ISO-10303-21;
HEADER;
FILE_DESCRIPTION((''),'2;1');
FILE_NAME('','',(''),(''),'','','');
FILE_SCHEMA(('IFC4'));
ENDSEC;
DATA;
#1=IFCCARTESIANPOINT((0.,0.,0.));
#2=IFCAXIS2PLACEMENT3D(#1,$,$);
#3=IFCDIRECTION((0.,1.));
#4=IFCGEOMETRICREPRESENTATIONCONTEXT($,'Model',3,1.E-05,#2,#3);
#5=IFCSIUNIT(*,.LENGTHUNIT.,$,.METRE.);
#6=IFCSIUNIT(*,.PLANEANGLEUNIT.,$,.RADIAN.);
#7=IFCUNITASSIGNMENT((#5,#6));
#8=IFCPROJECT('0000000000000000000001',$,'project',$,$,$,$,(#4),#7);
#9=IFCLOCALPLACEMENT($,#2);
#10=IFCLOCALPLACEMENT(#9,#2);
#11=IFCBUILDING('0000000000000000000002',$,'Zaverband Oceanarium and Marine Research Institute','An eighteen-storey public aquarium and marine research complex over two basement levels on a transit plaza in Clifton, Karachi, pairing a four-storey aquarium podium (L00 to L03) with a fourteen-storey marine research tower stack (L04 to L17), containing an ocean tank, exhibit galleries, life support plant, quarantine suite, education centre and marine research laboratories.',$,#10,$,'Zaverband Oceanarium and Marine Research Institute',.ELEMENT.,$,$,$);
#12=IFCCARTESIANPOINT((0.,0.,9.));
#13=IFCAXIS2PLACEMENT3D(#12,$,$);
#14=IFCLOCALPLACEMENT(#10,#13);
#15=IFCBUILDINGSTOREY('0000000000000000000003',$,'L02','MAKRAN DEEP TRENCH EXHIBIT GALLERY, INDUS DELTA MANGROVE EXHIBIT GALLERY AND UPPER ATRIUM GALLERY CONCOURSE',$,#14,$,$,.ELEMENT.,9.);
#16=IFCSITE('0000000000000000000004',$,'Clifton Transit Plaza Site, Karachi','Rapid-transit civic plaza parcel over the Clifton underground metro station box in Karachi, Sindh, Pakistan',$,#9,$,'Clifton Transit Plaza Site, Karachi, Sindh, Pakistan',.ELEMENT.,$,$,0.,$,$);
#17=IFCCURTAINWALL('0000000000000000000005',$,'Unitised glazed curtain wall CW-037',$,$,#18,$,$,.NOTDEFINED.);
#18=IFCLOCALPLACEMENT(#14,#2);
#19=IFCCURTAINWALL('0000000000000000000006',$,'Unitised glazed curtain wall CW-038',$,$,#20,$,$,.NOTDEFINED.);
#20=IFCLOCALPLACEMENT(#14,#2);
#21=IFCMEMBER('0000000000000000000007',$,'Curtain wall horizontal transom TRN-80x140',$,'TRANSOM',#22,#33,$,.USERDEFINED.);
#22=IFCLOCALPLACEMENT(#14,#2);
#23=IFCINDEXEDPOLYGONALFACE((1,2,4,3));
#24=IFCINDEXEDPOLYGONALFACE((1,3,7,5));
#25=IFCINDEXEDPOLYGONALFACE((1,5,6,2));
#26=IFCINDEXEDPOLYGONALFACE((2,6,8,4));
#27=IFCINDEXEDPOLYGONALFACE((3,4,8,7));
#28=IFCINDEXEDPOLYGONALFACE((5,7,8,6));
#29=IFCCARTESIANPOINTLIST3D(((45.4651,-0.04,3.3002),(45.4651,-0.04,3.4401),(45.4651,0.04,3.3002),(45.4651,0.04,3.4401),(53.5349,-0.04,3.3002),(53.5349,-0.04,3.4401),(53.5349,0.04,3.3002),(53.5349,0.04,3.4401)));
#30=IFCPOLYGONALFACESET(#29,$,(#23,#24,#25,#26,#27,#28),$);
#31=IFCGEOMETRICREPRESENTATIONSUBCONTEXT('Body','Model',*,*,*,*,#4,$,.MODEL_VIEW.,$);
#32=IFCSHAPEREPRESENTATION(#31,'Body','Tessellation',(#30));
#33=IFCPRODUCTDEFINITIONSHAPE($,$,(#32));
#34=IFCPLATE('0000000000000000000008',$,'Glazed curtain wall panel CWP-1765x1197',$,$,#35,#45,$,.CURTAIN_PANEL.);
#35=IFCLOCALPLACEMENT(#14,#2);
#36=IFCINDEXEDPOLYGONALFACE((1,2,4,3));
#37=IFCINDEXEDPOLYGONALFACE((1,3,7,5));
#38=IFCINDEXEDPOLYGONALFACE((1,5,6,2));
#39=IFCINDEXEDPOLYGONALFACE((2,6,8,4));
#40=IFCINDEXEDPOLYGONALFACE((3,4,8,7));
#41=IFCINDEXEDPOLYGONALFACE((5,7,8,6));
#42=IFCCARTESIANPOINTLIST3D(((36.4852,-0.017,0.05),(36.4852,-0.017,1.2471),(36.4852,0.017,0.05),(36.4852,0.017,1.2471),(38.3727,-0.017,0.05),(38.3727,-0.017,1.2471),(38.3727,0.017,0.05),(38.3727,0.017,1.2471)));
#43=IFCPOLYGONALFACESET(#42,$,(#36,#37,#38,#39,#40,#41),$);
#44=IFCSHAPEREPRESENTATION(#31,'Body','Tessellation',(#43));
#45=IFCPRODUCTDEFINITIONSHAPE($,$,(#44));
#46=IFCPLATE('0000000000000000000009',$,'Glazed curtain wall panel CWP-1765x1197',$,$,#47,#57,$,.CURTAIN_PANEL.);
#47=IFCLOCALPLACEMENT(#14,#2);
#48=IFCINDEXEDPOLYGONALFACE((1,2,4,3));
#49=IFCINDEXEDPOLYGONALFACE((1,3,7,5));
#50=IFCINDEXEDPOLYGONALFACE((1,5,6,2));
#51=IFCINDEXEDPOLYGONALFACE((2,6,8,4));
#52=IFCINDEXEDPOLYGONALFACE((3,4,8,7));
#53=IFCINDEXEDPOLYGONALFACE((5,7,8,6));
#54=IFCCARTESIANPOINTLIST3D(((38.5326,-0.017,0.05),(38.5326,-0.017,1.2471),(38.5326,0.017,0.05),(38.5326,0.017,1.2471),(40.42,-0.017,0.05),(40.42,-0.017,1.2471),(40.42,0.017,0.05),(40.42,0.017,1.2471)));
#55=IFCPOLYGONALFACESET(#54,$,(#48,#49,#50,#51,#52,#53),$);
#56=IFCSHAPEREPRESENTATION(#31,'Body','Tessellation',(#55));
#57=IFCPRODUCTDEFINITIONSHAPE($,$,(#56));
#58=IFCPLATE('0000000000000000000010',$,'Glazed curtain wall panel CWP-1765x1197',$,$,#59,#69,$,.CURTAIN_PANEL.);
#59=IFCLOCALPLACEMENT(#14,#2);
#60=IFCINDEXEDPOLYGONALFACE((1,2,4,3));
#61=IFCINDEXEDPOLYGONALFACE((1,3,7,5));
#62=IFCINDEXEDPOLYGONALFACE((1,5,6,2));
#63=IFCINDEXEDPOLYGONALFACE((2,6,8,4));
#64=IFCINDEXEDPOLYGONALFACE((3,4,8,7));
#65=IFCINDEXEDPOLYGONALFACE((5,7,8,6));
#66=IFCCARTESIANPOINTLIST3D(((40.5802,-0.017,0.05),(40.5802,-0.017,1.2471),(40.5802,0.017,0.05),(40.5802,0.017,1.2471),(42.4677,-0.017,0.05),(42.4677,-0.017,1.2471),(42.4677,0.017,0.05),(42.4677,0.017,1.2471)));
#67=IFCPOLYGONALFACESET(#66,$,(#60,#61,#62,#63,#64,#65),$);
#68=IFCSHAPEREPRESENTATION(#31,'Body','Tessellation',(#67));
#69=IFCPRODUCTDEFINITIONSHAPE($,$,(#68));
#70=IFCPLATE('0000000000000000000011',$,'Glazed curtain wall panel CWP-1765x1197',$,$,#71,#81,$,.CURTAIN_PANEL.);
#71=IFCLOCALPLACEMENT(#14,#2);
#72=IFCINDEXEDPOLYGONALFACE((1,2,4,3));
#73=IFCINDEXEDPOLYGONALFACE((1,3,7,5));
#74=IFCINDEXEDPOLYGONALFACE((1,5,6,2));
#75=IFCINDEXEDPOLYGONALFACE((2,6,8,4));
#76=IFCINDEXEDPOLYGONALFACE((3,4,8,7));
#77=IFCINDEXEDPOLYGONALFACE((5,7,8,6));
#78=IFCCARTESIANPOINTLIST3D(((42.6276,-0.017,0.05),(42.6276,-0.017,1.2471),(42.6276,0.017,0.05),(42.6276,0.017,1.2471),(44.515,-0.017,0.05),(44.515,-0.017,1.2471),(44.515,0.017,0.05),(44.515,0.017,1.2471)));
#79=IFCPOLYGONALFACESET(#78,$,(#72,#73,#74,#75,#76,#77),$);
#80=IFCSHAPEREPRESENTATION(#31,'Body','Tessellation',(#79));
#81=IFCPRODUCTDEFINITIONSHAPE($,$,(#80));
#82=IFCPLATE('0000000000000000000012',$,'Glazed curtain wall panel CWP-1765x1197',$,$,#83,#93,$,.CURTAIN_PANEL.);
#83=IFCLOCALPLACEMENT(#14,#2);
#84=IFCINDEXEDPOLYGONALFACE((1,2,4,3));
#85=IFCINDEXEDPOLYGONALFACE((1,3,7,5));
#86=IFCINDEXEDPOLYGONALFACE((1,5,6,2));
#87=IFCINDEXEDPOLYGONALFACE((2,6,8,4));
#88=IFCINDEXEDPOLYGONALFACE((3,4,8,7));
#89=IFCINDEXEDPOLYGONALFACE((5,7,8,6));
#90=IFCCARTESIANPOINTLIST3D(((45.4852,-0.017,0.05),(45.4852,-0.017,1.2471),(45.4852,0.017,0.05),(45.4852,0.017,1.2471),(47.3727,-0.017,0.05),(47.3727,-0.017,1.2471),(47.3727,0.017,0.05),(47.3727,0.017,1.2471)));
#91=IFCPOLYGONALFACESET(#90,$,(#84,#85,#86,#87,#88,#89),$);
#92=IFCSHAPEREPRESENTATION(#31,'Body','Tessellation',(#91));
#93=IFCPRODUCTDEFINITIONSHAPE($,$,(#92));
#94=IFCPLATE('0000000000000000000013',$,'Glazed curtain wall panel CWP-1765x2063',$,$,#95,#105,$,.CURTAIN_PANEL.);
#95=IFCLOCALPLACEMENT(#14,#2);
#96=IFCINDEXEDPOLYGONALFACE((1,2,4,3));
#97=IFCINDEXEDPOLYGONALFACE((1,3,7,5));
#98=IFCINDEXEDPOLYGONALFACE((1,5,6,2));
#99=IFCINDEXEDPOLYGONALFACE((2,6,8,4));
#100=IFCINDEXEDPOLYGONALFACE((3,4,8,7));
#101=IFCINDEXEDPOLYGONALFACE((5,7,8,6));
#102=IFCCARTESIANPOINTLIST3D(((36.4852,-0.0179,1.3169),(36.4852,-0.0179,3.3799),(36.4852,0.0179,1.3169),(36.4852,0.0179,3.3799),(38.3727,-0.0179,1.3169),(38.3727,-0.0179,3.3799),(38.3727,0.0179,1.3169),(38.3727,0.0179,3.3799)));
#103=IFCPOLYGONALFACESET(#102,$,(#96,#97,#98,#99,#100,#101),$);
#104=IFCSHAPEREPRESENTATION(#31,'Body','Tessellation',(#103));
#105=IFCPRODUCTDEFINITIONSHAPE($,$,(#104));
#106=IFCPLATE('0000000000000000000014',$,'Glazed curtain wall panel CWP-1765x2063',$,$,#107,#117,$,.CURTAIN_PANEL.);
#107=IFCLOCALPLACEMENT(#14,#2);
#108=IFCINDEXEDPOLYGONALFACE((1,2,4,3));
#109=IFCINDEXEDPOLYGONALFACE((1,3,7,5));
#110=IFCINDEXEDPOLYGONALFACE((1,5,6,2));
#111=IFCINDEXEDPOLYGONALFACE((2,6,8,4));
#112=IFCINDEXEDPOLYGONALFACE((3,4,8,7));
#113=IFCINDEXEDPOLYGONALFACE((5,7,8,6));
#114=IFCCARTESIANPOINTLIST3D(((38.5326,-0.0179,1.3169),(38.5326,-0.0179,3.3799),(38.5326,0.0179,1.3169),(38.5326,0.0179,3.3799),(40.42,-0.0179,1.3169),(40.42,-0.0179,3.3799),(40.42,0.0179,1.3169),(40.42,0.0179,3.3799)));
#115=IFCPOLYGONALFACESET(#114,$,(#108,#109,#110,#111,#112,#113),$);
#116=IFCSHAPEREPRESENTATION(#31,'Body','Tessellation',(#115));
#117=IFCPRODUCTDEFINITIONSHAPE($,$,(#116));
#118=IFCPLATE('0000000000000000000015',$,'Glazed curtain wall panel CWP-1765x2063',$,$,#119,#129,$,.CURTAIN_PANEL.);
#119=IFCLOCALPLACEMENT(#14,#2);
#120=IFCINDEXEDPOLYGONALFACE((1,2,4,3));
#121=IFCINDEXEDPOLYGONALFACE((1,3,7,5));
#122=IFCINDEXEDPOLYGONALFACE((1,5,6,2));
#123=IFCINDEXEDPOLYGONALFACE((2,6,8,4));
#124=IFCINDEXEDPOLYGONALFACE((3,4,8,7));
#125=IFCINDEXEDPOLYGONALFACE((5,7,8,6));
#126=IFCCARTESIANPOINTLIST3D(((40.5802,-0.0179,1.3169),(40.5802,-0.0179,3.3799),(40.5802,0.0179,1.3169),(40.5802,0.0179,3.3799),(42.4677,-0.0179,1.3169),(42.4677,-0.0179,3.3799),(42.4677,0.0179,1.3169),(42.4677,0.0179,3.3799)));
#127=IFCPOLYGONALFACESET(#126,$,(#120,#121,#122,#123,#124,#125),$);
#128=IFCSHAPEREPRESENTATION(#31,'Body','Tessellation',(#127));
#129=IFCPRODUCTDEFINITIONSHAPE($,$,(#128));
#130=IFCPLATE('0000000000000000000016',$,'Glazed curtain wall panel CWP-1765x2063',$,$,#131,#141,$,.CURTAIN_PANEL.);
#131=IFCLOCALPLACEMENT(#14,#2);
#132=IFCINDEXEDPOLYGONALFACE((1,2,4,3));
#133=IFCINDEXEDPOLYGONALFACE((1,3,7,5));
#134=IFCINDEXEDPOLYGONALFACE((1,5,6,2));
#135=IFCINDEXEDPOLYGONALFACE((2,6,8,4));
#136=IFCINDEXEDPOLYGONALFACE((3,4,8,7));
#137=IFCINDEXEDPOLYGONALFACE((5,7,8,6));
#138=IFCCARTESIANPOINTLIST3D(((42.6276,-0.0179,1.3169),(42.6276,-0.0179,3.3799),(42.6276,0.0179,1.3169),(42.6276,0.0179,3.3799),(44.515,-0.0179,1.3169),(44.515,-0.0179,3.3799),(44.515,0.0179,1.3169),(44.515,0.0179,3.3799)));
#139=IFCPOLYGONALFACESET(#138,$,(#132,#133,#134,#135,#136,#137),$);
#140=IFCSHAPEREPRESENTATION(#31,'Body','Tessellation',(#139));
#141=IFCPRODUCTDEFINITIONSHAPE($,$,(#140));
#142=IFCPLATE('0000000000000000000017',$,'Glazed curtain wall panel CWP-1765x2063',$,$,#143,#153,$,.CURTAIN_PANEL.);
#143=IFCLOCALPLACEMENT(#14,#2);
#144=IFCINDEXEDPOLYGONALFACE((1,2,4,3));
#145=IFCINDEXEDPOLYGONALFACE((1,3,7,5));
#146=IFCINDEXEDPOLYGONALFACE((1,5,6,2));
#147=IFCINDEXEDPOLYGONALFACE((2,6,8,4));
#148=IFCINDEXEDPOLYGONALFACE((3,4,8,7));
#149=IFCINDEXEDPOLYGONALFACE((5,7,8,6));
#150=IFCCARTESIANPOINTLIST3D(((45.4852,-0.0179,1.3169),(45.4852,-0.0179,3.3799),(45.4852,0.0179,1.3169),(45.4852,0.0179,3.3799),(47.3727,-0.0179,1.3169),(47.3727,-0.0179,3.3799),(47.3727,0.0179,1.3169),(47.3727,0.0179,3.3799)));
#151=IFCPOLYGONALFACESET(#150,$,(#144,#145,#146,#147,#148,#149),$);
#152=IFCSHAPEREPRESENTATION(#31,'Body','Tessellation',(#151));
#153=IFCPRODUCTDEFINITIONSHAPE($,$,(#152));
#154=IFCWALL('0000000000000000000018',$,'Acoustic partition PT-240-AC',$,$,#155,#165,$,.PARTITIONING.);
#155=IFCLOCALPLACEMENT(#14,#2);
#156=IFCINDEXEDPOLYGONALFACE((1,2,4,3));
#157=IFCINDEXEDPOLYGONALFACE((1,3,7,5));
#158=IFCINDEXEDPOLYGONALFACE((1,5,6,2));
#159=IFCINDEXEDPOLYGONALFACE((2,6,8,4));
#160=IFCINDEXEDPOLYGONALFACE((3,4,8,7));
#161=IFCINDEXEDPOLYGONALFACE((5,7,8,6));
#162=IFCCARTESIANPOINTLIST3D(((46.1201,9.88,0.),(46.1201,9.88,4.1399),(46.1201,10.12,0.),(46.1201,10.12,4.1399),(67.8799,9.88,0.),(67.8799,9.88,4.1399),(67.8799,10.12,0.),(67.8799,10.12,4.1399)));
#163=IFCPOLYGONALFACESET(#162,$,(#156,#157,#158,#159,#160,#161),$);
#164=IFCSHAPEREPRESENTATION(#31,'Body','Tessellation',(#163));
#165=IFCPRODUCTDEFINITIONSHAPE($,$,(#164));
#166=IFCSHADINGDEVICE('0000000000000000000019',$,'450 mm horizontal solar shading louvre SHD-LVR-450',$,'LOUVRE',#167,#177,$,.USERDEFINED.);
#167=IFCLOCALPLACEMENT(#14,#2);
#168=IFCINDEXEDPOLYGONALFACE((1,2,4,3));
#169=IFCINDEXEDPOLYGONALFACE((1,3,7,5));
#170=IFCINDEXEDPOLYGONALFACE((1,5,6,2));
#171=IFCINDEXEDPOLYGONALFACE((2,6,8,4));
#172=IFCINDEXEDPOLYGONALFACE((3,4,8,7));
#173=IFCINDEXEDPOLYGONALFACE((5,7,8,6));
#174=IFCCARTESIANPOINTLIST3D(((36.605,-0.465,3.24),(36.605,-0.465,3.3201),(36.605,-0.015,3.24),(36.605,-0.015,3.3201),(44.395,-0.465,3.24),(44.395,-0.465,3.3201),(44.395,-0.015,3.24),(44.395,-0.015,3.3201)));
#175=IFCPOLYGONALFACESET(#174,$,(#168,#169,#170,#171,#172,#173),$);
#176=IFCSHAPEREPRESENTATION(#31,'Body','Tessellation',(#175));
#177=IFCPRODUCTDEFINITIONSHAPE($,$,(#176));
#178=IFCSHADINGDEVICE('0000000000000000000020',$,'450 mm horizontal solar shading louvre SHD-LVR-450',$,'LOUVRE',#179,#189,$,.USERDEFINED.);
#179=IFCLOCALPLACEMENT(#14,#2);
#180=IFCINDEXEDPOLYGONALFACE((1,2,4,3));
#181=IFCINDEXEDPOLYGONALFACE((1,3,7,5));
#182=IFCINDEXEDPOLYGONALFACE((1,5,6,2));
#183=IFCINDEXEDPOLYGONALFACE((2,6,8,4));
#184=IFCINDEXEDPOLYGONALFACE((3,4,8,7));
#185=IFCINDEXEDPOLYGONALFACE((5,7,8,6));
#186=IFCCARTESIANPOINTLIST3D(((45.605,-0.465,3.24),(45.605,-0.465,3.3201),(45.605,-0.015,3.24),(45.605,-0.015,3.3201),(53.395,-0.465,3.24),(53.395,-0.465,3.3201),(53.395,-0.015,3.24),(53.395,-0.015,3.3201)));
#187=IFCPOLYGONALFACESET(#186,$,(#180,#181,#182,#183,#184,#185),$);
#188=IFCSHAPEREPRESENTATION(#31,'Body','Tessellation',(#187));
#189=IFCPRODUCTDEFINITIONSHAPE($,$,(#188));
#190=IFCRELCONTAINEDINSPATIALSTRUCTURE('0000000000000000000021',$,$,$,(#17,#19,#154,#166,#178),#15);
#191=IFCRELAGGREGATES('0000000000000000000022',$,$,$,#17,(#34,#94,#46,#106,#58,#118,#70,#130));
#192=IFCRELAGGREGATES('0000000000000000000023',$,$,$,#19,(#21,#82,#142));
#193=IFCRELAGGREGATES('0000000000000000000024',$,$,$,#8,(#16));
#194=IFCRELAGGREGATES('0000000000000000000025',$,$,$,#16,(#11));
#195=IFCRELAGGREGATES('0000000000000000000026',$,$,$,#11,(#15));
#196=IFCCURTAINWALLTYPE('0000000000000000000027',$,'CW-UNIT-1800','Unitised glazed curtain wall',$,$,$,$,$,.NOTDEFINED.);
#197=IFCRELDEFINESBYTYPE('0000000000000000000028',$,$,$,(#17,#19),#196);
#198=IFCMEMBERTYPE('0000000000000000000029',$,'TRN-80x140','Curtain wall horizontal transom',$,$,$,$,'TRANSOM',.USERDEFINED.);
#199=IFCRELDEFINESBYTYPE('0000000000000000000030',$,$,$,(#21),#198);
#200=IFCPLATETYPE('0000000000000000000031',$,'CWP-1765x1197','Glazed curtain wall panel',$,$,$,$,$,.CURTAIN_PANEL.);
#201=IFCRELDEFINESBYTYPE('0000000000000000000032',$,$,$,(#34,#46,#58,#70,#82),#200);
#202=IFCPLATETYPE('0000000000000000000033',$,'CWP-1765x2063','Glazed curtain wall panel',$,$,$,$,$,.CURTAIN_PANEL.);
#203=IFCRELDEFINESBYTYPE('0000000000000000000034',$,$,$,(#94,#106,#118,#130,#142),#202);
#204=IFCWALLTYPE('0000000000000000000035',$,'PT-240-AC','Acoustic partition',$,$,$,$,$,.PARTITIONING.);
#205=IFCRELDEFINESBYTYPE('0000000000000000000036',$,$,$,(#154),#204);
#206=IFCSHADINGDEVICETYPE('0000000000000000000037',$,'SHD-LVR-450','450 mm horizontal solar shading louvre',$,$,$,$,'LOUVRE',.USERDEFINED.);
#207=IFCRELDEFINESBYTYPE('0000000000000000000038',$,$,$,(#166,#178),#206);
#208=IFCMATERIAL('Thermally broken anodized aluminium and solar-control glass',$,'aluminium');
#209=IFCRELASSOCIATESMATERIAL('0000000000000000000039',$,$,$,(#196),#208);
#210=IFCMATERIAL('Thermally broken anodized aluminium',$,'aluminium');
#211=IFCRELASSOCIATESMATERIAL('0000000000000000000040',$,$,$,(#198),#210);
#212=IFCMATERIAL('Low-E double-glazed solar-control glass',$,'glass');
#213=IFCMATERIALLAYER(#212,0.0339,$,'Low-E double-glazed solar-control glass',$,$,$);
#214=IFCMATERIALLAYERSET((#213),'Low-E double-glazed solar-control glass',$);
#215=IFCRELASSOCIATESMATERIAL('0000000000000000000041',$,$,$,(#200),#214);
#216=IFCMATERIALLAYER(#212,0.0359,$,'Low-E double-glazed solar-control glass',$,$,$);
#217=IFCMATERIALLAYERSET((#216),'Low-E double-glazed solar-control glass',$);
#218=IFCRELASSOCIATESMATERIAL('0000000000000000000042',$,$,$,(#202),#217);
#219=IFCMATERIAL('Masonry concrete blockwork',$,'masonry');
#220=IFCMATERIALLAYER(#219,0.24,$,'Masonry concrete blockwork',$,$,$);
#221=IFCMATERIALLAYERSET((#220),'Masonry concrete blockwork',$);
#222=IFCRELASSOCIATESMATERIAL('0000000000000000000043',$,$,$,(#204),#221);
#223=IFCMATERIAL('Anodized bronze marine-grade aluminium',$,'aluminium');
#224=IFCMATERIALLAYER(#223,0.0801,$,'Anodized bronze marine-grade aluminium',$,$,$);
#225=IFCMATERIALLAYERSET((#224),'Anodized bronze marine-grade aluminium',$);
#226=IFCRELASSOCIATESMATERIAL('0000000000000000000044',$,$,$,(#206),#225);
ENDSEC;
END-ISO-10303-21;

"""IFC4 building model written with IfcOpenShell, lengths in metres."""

from ifc_helpers import new_model, si_unit, direction, frame, frame_2d, origin, origin_2d, place, context, subcontext, project, spatial, rectangle, extrude, material, layer, layer_set, material_profile, profile_set, type_object, element, aggregate, save


model = new_model("IFC4")

# Units and contexts
model_context = context("Model", 3, precision=1e-05, world=origin(), true_north=direction((0.0, 1.0)))
body_context = subcontext(model_context, "Body", "Model", "MODEL_VIEW")
ifc_project = project(units=[si_unit("LENGTHUNIT", "METRE"), si_unit("PLANEANGLEUNIT", "RADIAN")], contexts=[model_context])

# Site, building, storey
site_placement = place(None, origin())
site = spatial("IfcSite", under=ifc_project, at=site_placement, Name="Clifton Transit Plaza Site, Karachi", Description="Rapid-transit civic plaza parcel over the Clifton underground metro station box in Karachi, Sindh, Pakistan", LongName="Clifton Transit Plaza Site, Karachi, Sindh, Pakistan", CompositionType="ELEMENT", RefElevation=0.0)
building_placement = place(site_placement, origin())
building = spatial("IfcBuilding", under=site, at=building_placement, Name="Zaverband Oceanarium and Marine Research Institute", Description="An eighteen-storey public aquarium and marine research complex over two basement levels on a transit plaza in Clifton, Karachi, pairing a four-storey aquarium podium (L00 to L03) with a fourteen-storey marine research tower stack (L04 to L17), containing an ocean tank, exhibit galleries, life support plant, quarantine suite, education centre and marine research laboratories.", LongName="Zaverband Oceanarium and Marine Research Institute", CompositionType="ELEMENT")
storey_placement = place(building_placement, frame((0.0, 0.0, 9.0)))
storey = spatial("IfcBuildingStorey", under=building, at=storey_placement, Name="L02", Description="MAKRAN DEEP TRENCH EXHIBIT GALLERY, INDUS DELTA MANGROVE EXHIBIT GALLERY AND UPPER ATRIUM GALLERY CONCOURSE", CompositionType="ELEMENT", Elevation=9.0)

# Curtain wall
ifc_material_1 = material(Name="Thermally broken anodized aluminium and solar-control glass", Category="aluminium")
curtain_wall_type = type_object("IfcCurtainWallType", Name="CW-UNIT-1800", Description="Unitised glazed curtain wall", PredefinedType="NOTDEFINED", material=ifc_material_1)
curtain_wall_1_placement = place(storey_placement, origin())
curtain_wall_1 = element("IfcCurtainWall", 1, at=curtain_wall_1_placement, inside=storey, type_object=curtain_wall_type, Name="Unitised glazed curtain wall CW-037", PredefinedType="NOTDEFINED")
ifc_material_2 = material(Name="Thermally broken anodized aluminium", Category="aluminium")

# Curtain wall
curtain_wall_2_placement = place(storey_placement, origin())
curtain_wall_2 = element("IfcCurtainWall", 2, at=curtain_wall_2_placement, inside=storey, type_object=curtain_wall_type, Name="Unitised glazed curtain wall CW-038", PredefinedType="NOTDEFINED")

# Member
ifc_material_profile_1 = material_profile(ifc_material_2, rectangle(XDim=0.0801, YDim=0.1399, at=origin_2d()), Name="AL-TRN-80x140")
ifc_profile_set_1 = profile_set([ifc_material_profile_1], Name="Thermally broken anodized aluminium")
member_type_1 = type_object("IfcMemberType", Name="TRN-80x140", Description="Curtain wall horizontal transom", ElementType="TRANSOM", PredefinedType="USERDEFINED", material=ifc_profile_set_1)
member_1_placement = place(storey_placement, frame((45.4651, 0.0, 3.3701), z_axis=(1.0, 0.0, 0.0), x_axis=(0.0, 1.0, 0.0)))
member_1 = element("IfcMember", 3, at=member_1_placement, type_object=member_type_1, Name="Curtain wall horizontal transom TRN-80x140", ObjectType="TRANSOM", PredefinedType="USERDEFINED", context=body_context, shape_type="SweptSolid", body=[
    extrude(rectangle(XDim=0.0801, YDim=0.1399, at=origin_2d()), origin(), (0.0, 0.0, 1.0), 8.0698),
])

# Plates
ifc_material_3 = material(Name="Low-E double-glazed solar-control glass", Category="glass")
ifc_layer_1 = layer(ifc_material_3, 0.0339, Name="Low-E double-glazed solar-control glass")
ifc_layer_set_1 = layer_set([ifc_layer_1], Name="Low-E double-glazed solar-control glass")
plate_type_1 = type_object("IfcPlateType", Name="CWP-1765x1197", Description="Glazed curtain wall panel", PredefinedType="CURTAIN_PANEL", material=ifc_layer_set_1)
plate_1_placement = place(storey_placement, frame((36.4851, 0.0, 0.05), z_axis=(0.0, 0.0, 1.0), x_axis=(1.0, 0.0, 0.0)))
plate_1 = element("IfcPlate", 4, at=plate_1_placement, type_object=plate_type_1, Name="Glazed curtain wall panel CWP-1765x1197", PredefinedType="CURTAIN_PANEL", context=body_context, shape_type="SweptSolid", body=[
    extrude(rectangle(XDim=1.8875, YDim=0.0339, at=frame_2d((0.9438, 0.0))), origin(), (0.0, 0.0, 1.0), 1.197),
])
plate_2_placement = place(storey_placement, frame((38.5325, 0.0, 0.05), z_axis=(0.0, 0.0, 1.0), x_axis=(1.0, 0.0, 0.0)))
plate_2 = element("IfcPlate", 5, at=plate_2_placement, type_object=plate_type_1, Name="Glazed curtain wall panel CWP-1765x1197", PredefinedType="CURTAIN_PANEL", context=body_context, shape_type="SweptSolid", body=[
    extrude(rectangle(XDim=1.8875, YDim=0.0339, at=frame_2d((0.9438, 0.0))), origin(), (0.0, 0.0, 1.0), 1.197),
])
plate_3_placement = place(storey_placement, frame((40.5801, 0.0, 0.05), z_axis=(0.0, 0.0, 1.0), x_axis=(1.0, 0.0, 0.0)))
plate_3 = element("IfcPlate", 6, at=plate_3_placement, type_object=plate_type_1, Name="Glazed curtain wall panel CWP-1765x1197", PredefinedType="CURTAIN_PANEL", context=body_context, shape_type="SweptSolid", body=[
    extrude(rectangle(XDim=1.8875, YDim=0.0339, at=frame_2d((0.9438, 0.0))), origin(), (0.0, 0.0, 1.0), 1.197),
])
plate_4_placement = place(storey_placement, frame((42.6274, 0.0, 0.05), z_axis=(0.0, 0.0, 1.0), x_axis=(1.0, 0.0, 0.0)))
plate_4 = element("IfcPlate", 7, at=plate_4_placement, type_object=plate_type_1, Name="Glazed curtain wall panel CWP-1765x1197", PredefinedType="CURTAIN_PANEL", context=body_context, shape_type="SweptSolid", body=[
    extrude(rectangle(XDim=1.8875, YDim=0.0339, at=frame_2d((0.9438, 0.0))), origin(), (0.0, 0.0, 1.0), 1.197),
])
plate_5_placement = place(storey_placement, frame((45.4851, 0.0, 0.05), z_axis=(0.0, 0.0, 1.0), x_axis=(1.0, 0.0, 0.0)))
plate_5 = element("IfcPlate", 8, at=plate_5_placement, type_object=plate_type_1, Name="Glazed curtain wall panel CWP-1765x1197", PredefinedType="CURTAIN_PANEL", context=body_context, shape_type="SweptSolid", body=[
    extrude(rectangle(XDim=1.8875, YDim=0.0339, at=frame_2d((0.9438, 0.0))), origin(), (0.0, 0.0, 1.0), 1.197),
])
ifc_layer_2 = layer(ifc_material_3, 0.0359, Name="Low-E double-glazed solar-control glass")
ifc_layer_set_2 = layer_set([ifc_layer_2], Name="Low-E double-glazed solar-control glass")
plate_type_2 = type_object("IfcPlateType", Name="CWP-1765x2063", Description="Glazed curtain wall panel", PredefinedType="CURTAIN_PANEL", material=ifc_layer_set_2)
plate_6_placement = place(storey_placement, frame((36.4851, 0.0, 1.3169), z_axis=(0.0, 0.0, 1.0), x_axis=(1.0, 0.0, 0.0)))
plate_6 = element("IfcPlate", 9, at=plate_6_placement, type_object=plate_type_2, Name="Glazed curtain wall panel CWP-1765x2063", PredefinedType="CURTAIN_PANEL", context=body_context, shape_type="SweptSolid", body=[
    extrude(rectangle(XDim=1.8875, YDim=0.0359, at=frame_2d((0.9438, 0.0))), origin(), (0.0, 0.0, 1.0), 2.063),
])
plate_7_placement = place(storey_placement, frame((38.5325, 0.0, 1.3169), z_axis=(0.0, 0.0, 1.0), x_axis=(1.0, 0.0, 0.0)))
plate_7 = element("IfcPlate", 10, at=plate_7_placement, type_object=plate_type_2, Name="Glazed curtain wall panel CWP-1765x2063", PredefinedType="CURTAIN_PANEL", context=body_context, shape_type="SweptSolid", body=[
    extrude(rectangle(XDim=1.8875, YDim=0.0359, at=frame_2d((0.9438, 0.0))), origin(), (0.0, 0.0, 1.0), 2.063),
])
plate_8_placement = place(storey_placement, frame((40.5801, 0.0, 1.3169), z_axis=(0.0, 0.0, 1.0), x_axis=(1.0, 0.0, 0.0)))
plate_8 = element("IfcPlate", 11, at=plate_8_placement, type_object=plate_type_2, Name="Glazed curtain wall panel CWP-1765x2063", PredefinedType="CURTAIN_PANEL", context=body_context, shape_type="SweptSolid", body=[
    extrude(rectangle(XDim=1.8875, YDim=0.0359, at=frame_2d((0.9438, 0.0))), origin(), (0.0, 0.0, 1.0), 2.063),
])
plate_9_placement = place(storey_placement, frame((42.6274, 0.0, 1.3169), z_axis=(0.0, 0.0, 1.0), x_axis=(1.0, 0.0, 0.0)))
plate_9 = element("IfcPlate", 12, at=plate_9_placement, type_object=plate_type_2, Name="Glazed curtain wall panel CWP-1765x2063", PredefinedType="CURTAIN_PANEL", context=body_context, shape_type="SweptSolid", body=[
    extrude(rectangle(XDim=1.8875, YDim=0.0359, at=frame_2d((0.9438, 0.0))), origin(), (0.0, 0.0, 1.0), 2.063),
])
aggregate(curtain_wall_1, [plate_1, plate_6, plate_2, plate_7, plate_3, plate_8, plate_4, plate_9])
plate_10_placement = place(storey_placement, frame((45.4851, 0.0, 1.3169), z_axis=(0.0, 0.0, 1.0), x_axis=(1.0, 0.0, 0.0)))
plate_10 = element("IfcPlate", 13, at=plate_10_placement, type_object=plate_type_2, Name="Glazed curtain wall panel CWP-1765x2063", PredefinedType="CURTAIN_PANEL", context=body_context, shape_type="SweptSolid", body=[
    extrude(rectangle(XDim=1.8875, YDim=0.0359, at=frame_2d((0.9438, 0.0))), origin(), (0.0, 0.0, 1.0), 2.063),
])
aggregate(curtain_wall_2, [member_1, plate_5, plate_10])

# Wall
ifc_material_4 = material(Name="Masonry concrete blockwork", Category="masonry")
ifc_layer_3 = layer(ifc_material_4, 0.24, Name="Masonry concrete blockwork")
ifc_layer_set_3 = layer_set([ifc_layer_3], Name="Masonry concrete blockwork")
wall_type = type_object("IfcWallType", Name="PT-240-AC", Description="Acoustic partition", PredefinedType="PARTITIONING", material=ifc_layer_set_3)
wall_placement = place(storey_placement, frame((46.1201, 10.0, 0.0), z_axis=(0.0, 0.0, 1.0), x_axis=(1.0, 0.0, 0.0)))
element("IfcWall", 14, at=wall_placement, inside=storey, type_object=wall_type, Name="Acoustic partition PT-240-AC", PredefinedType="PARTITIONING", context=body_context, shape_type="SweptSolid", body=[
    extrude(rectangle(XDim=21.7598, YDim=0.24, at=frame_2d((10.8799, 0.0))), origin(), (0.0, 0.0, 1.0), 4.1399),
])

# Shading devices
ifc_material_5 = material(Name="Anodized bronze marine-grade aluminium", Category="aluminium")
ifc_layer_4 = layer(ifc_material_5, 0.0801, Name="Anodized bronze marine-grade aluminium")
ifc_layer_set_4 = layer_set([ifc_layer_4], Name="Anodized bronze marine-grade aluminium")
shading_device_type = type_object("IfcShadingDeviceType", Name="SHD-LVR-450", Description="450 mm horizontal solar shading louvre", ElementType="LOUVRE", PredefinedType="USERDEFINED", material=ifc_layer_set_4)
for number, where, z_axis, x_axis, name in (
    (15, (36.605, -0.24, 3.24), (0.0, 0.0, 1.0), (1.0, 0.0, 0.0), "450 mm horizontal solar shading louvre SHD-LVR-450"),
    (16, (45.605, -0.24, 3.24), (0.0, 0.0, 1.0), (1.0, 0.0, 0.0), "450 mm horizontal solar shading louvre SHD-LVR-450"),
):
    element("IfcShadingDevice", number, at=place(storey_placement, frame(where, z_axis=z_axis, x_axis=x_axis)), inside=storey, type_object=shading_device_type, Name=name, ObjectType="LOUVRE", PredefinedType="USERDEFINED", context=body_context, shape_type="SweptSolid", body=[
        extrude(rectangle(XDim=7.79, YDim=0.45, at=frame_2d((3.895, 0.0))), origin(), (0.0, 0.0, 1.0), 0.0801),
    ])

save(model, "model.ifc")
